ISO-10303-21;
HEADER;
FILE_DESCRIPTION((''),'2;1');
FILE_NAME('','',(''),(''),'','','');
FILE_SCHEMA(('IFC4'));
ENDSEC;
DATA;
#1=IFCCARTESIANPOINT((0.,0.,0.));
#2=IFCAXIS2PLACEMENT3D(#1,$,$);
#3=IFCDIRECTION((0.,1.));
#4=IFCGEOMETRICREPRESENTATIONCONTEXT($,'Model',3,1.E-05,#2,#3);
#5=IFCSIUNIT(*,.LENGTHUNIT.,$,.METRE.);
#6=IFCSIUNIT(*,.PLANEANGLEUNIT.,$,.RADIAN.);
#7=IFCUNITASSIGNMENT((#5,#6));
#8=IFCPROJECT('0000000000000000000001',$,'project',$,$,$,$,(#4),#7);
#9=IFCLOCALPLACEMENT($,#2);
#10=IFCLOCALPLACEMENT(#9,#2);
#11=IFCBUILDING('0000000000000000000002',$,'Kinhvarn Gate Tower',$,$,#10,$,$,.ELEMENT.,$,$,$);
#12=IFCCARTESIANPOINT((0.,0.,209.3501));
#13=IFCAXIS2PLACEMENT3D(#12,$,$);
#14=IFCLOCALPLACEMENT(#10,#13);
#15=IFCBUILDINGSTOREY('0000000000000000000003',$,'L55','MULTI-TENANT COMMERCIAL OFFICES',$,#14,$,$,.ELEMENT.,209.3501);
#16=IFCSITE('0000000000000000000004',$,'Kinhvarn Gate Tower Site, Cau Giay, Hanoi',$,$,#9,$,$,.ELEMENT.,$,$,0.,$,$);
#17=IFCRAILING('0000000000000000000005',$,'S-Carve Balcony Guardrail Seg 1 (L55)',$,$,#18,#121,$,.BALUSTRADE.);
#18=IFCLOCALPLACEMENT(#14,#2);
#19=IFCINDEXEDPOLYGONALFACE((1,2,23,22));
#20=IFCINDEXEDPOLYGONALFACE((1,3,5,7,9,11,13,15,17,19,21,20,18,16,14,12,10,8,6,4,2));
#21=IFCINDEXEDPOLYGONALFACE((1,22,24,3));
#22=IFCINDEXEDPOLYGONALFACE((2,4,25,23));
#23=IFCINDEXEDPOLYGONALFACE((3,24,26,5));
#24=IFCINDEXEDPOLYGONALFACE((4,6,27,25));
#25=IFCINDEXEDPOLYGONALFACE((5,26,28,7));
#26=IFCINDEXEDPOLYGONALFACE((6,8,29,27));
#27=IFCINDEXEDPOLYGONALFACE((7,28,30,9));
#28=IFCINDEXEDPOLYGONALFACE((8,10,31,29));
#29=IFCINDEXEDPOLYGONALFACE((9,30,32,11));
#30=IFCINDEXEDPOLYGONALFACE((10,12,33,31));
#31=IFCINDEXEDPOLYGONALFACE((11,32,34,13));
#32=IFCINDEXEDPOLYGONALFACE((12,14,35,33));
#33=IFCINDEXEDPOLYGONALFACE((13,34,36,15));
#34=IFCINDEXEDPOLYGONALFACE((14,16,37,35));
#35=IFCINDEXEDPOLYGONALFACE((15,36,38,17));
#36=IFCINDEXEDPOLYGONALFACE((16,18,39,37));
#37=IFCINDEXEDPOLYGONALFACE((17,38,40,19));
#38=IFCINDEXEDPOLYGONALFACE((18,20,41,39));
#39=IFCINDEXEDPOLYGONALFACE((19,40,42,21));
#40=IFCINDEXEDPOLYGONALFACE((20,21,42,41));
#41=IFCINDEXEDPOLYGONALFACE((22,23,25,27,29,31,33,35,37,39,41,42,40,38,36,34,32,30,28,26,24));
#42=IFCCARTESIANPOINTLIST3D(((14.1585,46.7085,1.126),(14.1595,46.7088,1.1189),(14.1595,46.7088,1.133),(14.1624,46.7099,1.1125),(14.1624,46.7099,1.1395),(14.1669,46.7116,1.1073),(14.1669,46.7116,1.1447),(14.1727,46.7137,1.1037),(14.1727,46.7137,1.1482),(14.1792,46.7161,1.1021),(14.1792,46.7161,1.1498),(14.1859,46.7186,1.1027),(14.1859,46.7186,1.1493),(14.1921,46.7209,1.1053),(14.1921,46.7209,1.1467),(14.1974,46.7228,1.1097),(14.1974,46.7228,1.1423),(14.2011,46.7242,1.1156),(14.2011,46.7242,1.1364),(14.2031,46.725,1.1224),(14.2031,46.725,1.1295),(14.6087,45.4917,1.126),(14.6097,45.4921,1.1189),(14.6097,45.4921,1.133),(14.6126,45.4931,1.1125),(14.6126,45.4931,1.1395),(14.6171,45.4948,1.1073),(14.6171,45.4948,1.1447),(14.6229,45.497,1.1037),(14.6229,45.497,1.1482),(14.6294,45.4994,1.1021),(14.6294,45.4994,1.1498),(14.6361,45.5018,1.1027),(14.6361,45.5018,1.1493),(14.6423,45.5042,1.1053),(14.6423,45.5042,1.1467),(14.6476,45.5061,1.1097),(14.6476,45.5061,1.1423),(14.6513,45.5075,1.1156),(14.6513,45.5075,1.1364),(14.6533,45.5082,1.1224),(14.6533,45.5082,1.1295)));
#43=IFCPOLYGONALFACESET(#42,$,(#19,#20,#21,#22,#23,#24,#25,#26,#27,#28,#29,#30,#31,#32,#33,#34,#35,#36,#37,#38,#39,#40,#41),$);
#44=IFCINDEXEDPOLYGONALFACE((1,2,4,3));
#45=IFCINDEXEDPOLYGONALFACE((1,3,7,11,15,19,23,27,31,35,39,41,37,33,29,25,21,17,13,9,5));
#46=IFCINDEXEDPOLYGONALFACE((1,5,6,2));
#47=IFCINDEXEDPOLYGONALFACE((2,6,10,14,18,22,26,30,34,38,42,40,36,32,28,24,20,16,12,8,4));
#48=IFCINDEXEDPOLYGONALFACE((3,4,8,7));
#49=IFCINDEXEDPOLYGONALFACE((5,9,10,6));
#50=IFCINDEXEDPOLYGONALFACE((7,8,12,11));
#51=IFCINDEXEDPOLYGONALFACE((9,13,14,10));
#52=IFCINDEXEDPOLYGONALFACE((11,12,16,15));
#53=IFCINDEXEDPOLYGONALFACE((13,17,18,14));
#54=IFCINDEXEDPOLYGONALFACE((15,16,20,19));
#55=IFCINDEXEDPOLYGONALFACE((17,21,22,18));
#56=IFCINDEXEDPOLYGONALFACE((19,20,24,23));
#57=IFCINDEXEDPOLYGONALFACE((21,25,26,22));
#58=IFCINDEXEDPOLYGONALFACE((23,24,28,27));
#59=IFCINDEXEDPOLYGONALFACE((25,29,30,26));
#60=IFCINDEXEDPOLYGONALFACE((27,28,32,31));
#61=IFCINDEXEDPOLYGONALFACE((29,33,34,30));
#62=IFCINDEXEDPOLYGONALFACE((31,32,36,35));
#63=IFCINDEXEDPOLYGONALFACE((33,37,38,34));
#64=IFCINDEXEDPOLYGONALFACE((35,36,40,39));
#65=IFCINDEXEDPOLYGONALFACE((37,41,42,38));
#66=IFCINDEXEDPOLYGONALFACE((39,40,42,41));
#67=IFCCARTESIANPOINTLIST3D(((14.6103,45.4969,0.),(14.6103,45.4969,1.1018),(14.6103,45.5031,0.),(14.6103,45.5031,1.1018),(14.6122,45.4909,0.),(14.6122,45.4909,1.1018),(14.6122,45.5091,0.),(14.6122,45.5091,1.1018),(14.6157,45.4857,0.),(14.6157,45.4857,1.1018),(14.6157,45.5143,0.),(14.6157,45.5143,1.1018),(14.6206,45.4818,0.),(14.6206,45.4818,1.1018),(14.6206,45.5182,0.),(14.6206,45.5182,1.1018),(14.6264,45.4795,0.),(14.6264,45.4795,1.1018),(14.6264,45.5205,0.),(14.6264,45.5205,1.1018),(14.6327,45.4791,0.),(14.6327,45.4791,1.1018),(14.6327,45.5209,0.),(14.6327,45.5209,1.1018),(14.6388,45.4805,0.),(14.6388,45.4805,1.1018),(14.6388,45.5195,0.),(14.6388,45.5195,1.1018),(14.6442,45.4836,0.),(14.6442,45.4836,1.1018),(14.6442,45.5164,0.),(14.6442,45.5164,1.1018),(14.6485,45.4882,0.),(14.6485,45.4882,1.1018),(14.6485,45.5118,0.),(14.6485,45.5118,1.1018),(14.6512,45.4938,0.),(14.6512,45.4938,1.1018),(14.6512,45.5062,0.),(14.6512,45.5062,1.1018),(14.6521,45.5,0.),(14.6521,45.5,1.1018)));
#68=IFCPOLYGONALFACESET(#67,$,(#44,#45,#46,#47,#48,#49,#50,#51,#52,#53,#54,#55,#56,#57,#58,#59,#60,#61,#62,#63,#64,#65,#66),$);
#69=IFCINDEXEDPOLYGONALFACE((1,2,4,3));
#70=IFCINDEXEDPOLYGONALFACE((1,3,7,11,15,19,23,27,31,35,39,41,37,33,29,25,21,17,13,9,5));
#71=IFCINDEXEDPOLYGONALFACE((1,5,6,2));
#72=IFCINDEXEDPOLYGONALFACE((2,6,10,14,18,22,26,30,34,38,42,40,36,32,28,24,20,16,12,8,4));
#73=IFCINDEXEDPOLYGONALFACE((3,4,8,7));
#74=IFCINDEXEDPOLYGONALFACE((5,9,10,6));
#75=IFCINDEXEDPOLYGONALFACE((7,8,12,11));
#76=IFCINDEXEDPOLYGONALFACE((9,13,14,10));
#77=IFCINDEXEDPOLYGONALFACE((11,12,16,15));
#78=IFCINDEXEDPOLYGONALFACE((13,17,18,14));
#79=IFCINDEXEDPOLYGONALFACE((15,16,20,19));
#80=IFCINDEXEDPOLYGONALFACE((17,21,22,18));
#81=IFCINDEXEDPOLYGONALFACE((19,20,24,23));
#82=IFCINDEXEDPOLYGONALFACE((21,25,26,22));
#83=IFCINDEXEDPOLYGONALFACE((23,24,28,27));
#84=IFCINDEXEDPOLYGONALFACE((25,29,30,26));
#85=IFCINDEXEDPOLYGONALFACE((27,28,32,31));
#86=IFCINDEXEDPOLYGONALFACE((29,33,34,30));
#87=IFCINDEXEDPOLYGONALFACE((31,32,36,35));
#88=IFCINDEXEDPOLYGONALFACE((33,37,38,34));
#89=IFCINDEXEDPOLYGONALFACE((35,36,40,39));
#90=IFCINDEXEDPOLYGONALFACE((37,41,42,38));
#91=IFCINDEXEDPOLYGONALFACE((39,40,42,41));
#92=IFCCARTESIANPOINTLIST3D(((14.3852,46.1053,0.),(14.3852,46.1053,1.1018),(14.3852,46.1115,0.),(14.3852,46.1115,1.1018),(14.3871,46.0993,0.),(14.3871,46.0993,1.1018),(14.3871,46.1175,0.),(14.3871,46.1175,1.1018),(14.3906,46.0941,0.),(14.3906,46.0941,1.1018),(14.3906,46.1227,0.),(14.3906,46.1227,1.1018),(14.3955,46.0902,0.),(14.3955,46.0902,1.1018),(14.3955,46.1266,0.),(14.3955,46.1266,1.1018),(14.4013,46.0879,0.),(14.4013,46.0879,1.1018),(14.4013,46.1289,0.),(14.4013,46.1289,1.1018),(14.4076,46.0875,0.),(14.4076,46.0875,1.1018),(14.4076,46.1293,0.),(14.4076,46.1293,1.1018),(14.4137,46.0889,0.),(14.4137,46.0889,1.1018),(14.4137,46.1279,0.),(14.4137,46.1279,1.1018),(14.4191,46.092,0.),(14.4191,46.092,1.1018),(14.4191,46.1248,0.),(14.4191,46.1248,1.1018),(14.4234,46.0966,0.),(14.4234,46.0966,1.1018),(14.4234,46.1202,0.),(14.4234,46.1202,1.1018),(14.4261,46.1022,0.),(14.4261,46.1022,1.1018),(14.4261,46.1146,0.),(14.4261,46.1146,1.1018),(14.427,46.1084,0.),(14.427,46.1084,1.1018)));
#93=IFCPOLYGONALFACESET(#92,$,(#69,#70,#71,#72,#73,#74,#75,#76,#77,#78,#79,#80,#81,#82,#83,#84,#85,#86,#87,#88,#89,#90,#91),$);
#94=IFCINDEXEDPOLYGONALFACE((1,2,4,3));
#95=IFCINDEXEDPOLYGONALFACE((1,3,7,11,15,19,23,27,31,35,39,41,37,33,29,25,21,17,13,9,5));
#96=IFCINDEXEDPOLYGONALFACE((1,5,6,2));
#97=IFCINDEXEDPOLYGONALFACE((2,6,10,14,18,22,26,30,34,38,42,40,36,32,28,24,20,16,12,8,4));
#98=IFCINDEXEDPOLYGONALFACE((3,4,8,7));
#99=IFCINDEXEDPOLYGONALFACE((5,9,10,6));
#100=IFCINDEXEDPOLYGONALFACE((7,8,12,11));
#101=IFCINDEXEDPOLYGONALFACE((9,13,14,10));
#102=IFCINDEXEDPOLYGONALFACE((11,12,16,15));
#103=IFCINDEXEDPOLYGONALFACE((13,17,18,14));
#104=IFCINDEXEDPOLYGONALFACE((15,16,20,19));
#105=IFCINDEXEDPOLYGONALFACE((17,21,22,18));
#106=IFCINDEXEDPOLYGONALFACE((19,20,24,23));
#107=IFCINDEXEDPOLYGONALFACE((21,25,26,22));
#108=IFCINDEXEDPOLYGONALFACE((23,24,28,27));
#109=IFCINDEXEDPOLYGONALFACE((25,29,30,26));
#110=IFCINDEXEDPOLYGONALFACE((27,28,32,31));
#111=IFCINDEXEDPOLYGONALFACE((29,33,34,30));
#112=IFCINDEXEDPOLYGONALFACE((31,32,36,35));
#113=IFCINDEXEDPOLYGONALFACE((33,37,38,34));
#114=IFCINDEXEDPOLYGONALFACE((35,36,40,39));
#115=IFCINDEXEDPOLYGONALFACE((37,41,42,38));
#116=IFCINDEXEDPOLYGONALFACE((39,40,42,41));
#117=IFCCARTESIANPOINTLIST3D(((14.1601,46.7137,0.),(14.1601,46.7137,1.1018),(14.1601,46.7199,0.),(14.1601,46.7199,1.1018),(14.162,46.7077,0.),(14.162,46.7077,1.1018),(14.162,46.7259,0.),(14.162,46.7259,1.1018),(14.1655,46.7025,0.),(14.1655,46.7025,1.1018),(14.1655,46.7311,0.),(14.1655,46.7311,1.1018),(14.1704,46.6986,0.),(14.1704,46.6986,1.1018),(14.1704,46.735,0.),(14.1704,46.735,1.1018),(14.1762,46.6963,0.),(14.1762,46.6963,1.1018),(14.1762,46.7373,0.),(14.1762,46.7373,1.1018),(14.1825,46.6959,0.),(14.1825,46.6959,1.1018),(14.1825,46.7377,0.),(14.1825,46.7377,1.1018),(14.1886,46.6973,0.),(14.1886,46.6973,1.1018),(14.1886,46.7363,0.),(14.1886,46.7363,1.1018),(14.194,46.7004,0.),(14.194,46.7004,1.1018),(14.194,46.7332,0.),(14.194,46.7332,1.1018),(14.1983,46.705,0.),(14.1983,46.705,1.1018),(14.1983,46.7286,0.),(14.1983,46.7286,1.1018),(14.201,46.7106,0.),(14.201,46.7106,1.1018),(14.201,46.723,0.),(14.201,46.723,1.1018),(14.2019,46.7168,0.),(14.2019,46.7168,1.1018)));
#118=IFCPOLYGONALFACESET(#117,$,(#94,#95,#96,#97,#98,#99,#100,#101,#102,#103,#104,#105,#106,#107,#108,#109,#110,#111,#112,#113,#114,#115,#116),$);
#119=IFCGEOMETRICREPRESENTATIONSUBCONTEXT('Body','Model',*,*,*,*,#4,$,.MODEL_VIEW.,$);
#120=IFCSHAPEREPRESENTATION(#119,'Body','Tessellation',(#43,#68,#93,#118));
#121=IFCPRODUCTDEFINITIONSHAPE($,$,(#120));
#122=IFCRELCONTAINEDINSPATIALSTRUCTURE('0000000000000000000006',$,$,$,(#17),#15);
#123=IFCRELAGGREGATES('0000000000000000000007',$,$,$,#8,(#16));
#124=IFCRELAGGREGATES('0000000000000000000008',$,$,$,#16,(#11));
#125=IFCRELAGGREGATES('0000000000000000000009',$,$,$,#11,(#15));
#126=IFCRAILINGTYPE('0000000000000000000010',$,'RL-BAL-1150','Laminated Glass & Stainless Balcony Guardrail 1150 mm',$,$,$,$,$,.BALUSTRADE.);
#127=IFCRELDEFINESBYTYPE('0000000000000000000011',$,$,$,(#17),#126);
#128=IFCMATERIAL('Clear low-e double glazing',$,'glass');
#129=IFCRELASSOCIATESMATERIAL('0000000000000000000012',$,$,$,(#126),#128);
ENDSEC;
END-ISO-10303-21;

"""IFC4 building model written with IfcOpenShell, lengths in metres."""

from ifc_helpers import new_model, si_unit, direction, frame, origin, origin_2d, place, context, subcontext, project, spatial, circle, extrude, material, type_object, element, save


model = new_model("IFC4")

# Units and contexts
model_context = context("Model", 3, precision=1e-05, world=origin(), true_north=direction((0.0, 1.0)))
body_context = subcontext(model_context, "Body", "Model", "MODEL_VIEW")
ifc_project = project(units=[si_unit("LENGTHUNIT", "METRE"), si_unit("PLANEANGLEUNIT", "RADIAN")], contexts=[model_context])

# Site, building, storey
site_placement = place(None, origin())
site = spatial("IfcSite", under=ifc_project, at=site_placement, Name="Kinhvarn Gate Tower Site, Cau Giay, Hanoi", CompositionType="ELEMENT", RefElevation=0.0)
building_placement = place(site_placement, origin())
building = spatial("IfcBuilding", under=site, at=building_placement, Name="Kinhvarn Gate Tower", CompositionType="ELEMENT")
storey_placement = place(building_placement, frame((0.0, 0.0, 209.3501)))
storey = spatial("IfcBuildingStorey", under=building, at=storey_placement, Name="L55", Description="MULTI-TENANT COMMERCIAL OFFICES", CompositionType="ELEMENT", Elevation=209.3501)

# Shared definitions
ifc_material_1 = material(Name="Clear low-e double glazing", Category="glass")

# Railing
railing_type_1 = type_object("IfcRailingType", Name="RL-BAL-1150", Description="Laminated Glass & Stainless Balcony Guardrail 1150 mm", PredefinedType="BALUSTRADE", material=ifc_material_1)
railing_1_placement = place(storey_placement, frame((14.6311, 45.5, 0.0)))
element("IfcRailing", 1, at=railing_1_placement, inside=storey, type_object=railing_type_1, Name="S-Carve Balcony Guardrail Seg 1 (L55)", PredefinedType="BALUSTRADE", context=body_context, shape_type="SweptSolid", body=[
    extrude(circle(Radius=0.0239, at=origin_2d()), frame((0.0, 0.0, 1.126), z_axis=(-0.346996, 0.937867, 0.0), x_axis=(-0.937867, -0.346996, 0.0)), (0.0, 0.0, 1.0), 1.2974),
    extrude(circle(Radius=0.021, at=origin_2d()), origin(), (0.0, 0.0, 1.0), 1.1018),
    extrude(circle(Radius=0.021, at=origin_2d()), frame((-0.2251, 0.6084, 0.0)), (0.0, 0.0, 1.0), 1.1018),
    extrude(circle(Radius=0.021, at=origin_2d()), frame((-0.4502, 1.2168, 0.0)), (0.0, 0.0, 1.0), 1.1018),
])

save(model, "model.ifc")
